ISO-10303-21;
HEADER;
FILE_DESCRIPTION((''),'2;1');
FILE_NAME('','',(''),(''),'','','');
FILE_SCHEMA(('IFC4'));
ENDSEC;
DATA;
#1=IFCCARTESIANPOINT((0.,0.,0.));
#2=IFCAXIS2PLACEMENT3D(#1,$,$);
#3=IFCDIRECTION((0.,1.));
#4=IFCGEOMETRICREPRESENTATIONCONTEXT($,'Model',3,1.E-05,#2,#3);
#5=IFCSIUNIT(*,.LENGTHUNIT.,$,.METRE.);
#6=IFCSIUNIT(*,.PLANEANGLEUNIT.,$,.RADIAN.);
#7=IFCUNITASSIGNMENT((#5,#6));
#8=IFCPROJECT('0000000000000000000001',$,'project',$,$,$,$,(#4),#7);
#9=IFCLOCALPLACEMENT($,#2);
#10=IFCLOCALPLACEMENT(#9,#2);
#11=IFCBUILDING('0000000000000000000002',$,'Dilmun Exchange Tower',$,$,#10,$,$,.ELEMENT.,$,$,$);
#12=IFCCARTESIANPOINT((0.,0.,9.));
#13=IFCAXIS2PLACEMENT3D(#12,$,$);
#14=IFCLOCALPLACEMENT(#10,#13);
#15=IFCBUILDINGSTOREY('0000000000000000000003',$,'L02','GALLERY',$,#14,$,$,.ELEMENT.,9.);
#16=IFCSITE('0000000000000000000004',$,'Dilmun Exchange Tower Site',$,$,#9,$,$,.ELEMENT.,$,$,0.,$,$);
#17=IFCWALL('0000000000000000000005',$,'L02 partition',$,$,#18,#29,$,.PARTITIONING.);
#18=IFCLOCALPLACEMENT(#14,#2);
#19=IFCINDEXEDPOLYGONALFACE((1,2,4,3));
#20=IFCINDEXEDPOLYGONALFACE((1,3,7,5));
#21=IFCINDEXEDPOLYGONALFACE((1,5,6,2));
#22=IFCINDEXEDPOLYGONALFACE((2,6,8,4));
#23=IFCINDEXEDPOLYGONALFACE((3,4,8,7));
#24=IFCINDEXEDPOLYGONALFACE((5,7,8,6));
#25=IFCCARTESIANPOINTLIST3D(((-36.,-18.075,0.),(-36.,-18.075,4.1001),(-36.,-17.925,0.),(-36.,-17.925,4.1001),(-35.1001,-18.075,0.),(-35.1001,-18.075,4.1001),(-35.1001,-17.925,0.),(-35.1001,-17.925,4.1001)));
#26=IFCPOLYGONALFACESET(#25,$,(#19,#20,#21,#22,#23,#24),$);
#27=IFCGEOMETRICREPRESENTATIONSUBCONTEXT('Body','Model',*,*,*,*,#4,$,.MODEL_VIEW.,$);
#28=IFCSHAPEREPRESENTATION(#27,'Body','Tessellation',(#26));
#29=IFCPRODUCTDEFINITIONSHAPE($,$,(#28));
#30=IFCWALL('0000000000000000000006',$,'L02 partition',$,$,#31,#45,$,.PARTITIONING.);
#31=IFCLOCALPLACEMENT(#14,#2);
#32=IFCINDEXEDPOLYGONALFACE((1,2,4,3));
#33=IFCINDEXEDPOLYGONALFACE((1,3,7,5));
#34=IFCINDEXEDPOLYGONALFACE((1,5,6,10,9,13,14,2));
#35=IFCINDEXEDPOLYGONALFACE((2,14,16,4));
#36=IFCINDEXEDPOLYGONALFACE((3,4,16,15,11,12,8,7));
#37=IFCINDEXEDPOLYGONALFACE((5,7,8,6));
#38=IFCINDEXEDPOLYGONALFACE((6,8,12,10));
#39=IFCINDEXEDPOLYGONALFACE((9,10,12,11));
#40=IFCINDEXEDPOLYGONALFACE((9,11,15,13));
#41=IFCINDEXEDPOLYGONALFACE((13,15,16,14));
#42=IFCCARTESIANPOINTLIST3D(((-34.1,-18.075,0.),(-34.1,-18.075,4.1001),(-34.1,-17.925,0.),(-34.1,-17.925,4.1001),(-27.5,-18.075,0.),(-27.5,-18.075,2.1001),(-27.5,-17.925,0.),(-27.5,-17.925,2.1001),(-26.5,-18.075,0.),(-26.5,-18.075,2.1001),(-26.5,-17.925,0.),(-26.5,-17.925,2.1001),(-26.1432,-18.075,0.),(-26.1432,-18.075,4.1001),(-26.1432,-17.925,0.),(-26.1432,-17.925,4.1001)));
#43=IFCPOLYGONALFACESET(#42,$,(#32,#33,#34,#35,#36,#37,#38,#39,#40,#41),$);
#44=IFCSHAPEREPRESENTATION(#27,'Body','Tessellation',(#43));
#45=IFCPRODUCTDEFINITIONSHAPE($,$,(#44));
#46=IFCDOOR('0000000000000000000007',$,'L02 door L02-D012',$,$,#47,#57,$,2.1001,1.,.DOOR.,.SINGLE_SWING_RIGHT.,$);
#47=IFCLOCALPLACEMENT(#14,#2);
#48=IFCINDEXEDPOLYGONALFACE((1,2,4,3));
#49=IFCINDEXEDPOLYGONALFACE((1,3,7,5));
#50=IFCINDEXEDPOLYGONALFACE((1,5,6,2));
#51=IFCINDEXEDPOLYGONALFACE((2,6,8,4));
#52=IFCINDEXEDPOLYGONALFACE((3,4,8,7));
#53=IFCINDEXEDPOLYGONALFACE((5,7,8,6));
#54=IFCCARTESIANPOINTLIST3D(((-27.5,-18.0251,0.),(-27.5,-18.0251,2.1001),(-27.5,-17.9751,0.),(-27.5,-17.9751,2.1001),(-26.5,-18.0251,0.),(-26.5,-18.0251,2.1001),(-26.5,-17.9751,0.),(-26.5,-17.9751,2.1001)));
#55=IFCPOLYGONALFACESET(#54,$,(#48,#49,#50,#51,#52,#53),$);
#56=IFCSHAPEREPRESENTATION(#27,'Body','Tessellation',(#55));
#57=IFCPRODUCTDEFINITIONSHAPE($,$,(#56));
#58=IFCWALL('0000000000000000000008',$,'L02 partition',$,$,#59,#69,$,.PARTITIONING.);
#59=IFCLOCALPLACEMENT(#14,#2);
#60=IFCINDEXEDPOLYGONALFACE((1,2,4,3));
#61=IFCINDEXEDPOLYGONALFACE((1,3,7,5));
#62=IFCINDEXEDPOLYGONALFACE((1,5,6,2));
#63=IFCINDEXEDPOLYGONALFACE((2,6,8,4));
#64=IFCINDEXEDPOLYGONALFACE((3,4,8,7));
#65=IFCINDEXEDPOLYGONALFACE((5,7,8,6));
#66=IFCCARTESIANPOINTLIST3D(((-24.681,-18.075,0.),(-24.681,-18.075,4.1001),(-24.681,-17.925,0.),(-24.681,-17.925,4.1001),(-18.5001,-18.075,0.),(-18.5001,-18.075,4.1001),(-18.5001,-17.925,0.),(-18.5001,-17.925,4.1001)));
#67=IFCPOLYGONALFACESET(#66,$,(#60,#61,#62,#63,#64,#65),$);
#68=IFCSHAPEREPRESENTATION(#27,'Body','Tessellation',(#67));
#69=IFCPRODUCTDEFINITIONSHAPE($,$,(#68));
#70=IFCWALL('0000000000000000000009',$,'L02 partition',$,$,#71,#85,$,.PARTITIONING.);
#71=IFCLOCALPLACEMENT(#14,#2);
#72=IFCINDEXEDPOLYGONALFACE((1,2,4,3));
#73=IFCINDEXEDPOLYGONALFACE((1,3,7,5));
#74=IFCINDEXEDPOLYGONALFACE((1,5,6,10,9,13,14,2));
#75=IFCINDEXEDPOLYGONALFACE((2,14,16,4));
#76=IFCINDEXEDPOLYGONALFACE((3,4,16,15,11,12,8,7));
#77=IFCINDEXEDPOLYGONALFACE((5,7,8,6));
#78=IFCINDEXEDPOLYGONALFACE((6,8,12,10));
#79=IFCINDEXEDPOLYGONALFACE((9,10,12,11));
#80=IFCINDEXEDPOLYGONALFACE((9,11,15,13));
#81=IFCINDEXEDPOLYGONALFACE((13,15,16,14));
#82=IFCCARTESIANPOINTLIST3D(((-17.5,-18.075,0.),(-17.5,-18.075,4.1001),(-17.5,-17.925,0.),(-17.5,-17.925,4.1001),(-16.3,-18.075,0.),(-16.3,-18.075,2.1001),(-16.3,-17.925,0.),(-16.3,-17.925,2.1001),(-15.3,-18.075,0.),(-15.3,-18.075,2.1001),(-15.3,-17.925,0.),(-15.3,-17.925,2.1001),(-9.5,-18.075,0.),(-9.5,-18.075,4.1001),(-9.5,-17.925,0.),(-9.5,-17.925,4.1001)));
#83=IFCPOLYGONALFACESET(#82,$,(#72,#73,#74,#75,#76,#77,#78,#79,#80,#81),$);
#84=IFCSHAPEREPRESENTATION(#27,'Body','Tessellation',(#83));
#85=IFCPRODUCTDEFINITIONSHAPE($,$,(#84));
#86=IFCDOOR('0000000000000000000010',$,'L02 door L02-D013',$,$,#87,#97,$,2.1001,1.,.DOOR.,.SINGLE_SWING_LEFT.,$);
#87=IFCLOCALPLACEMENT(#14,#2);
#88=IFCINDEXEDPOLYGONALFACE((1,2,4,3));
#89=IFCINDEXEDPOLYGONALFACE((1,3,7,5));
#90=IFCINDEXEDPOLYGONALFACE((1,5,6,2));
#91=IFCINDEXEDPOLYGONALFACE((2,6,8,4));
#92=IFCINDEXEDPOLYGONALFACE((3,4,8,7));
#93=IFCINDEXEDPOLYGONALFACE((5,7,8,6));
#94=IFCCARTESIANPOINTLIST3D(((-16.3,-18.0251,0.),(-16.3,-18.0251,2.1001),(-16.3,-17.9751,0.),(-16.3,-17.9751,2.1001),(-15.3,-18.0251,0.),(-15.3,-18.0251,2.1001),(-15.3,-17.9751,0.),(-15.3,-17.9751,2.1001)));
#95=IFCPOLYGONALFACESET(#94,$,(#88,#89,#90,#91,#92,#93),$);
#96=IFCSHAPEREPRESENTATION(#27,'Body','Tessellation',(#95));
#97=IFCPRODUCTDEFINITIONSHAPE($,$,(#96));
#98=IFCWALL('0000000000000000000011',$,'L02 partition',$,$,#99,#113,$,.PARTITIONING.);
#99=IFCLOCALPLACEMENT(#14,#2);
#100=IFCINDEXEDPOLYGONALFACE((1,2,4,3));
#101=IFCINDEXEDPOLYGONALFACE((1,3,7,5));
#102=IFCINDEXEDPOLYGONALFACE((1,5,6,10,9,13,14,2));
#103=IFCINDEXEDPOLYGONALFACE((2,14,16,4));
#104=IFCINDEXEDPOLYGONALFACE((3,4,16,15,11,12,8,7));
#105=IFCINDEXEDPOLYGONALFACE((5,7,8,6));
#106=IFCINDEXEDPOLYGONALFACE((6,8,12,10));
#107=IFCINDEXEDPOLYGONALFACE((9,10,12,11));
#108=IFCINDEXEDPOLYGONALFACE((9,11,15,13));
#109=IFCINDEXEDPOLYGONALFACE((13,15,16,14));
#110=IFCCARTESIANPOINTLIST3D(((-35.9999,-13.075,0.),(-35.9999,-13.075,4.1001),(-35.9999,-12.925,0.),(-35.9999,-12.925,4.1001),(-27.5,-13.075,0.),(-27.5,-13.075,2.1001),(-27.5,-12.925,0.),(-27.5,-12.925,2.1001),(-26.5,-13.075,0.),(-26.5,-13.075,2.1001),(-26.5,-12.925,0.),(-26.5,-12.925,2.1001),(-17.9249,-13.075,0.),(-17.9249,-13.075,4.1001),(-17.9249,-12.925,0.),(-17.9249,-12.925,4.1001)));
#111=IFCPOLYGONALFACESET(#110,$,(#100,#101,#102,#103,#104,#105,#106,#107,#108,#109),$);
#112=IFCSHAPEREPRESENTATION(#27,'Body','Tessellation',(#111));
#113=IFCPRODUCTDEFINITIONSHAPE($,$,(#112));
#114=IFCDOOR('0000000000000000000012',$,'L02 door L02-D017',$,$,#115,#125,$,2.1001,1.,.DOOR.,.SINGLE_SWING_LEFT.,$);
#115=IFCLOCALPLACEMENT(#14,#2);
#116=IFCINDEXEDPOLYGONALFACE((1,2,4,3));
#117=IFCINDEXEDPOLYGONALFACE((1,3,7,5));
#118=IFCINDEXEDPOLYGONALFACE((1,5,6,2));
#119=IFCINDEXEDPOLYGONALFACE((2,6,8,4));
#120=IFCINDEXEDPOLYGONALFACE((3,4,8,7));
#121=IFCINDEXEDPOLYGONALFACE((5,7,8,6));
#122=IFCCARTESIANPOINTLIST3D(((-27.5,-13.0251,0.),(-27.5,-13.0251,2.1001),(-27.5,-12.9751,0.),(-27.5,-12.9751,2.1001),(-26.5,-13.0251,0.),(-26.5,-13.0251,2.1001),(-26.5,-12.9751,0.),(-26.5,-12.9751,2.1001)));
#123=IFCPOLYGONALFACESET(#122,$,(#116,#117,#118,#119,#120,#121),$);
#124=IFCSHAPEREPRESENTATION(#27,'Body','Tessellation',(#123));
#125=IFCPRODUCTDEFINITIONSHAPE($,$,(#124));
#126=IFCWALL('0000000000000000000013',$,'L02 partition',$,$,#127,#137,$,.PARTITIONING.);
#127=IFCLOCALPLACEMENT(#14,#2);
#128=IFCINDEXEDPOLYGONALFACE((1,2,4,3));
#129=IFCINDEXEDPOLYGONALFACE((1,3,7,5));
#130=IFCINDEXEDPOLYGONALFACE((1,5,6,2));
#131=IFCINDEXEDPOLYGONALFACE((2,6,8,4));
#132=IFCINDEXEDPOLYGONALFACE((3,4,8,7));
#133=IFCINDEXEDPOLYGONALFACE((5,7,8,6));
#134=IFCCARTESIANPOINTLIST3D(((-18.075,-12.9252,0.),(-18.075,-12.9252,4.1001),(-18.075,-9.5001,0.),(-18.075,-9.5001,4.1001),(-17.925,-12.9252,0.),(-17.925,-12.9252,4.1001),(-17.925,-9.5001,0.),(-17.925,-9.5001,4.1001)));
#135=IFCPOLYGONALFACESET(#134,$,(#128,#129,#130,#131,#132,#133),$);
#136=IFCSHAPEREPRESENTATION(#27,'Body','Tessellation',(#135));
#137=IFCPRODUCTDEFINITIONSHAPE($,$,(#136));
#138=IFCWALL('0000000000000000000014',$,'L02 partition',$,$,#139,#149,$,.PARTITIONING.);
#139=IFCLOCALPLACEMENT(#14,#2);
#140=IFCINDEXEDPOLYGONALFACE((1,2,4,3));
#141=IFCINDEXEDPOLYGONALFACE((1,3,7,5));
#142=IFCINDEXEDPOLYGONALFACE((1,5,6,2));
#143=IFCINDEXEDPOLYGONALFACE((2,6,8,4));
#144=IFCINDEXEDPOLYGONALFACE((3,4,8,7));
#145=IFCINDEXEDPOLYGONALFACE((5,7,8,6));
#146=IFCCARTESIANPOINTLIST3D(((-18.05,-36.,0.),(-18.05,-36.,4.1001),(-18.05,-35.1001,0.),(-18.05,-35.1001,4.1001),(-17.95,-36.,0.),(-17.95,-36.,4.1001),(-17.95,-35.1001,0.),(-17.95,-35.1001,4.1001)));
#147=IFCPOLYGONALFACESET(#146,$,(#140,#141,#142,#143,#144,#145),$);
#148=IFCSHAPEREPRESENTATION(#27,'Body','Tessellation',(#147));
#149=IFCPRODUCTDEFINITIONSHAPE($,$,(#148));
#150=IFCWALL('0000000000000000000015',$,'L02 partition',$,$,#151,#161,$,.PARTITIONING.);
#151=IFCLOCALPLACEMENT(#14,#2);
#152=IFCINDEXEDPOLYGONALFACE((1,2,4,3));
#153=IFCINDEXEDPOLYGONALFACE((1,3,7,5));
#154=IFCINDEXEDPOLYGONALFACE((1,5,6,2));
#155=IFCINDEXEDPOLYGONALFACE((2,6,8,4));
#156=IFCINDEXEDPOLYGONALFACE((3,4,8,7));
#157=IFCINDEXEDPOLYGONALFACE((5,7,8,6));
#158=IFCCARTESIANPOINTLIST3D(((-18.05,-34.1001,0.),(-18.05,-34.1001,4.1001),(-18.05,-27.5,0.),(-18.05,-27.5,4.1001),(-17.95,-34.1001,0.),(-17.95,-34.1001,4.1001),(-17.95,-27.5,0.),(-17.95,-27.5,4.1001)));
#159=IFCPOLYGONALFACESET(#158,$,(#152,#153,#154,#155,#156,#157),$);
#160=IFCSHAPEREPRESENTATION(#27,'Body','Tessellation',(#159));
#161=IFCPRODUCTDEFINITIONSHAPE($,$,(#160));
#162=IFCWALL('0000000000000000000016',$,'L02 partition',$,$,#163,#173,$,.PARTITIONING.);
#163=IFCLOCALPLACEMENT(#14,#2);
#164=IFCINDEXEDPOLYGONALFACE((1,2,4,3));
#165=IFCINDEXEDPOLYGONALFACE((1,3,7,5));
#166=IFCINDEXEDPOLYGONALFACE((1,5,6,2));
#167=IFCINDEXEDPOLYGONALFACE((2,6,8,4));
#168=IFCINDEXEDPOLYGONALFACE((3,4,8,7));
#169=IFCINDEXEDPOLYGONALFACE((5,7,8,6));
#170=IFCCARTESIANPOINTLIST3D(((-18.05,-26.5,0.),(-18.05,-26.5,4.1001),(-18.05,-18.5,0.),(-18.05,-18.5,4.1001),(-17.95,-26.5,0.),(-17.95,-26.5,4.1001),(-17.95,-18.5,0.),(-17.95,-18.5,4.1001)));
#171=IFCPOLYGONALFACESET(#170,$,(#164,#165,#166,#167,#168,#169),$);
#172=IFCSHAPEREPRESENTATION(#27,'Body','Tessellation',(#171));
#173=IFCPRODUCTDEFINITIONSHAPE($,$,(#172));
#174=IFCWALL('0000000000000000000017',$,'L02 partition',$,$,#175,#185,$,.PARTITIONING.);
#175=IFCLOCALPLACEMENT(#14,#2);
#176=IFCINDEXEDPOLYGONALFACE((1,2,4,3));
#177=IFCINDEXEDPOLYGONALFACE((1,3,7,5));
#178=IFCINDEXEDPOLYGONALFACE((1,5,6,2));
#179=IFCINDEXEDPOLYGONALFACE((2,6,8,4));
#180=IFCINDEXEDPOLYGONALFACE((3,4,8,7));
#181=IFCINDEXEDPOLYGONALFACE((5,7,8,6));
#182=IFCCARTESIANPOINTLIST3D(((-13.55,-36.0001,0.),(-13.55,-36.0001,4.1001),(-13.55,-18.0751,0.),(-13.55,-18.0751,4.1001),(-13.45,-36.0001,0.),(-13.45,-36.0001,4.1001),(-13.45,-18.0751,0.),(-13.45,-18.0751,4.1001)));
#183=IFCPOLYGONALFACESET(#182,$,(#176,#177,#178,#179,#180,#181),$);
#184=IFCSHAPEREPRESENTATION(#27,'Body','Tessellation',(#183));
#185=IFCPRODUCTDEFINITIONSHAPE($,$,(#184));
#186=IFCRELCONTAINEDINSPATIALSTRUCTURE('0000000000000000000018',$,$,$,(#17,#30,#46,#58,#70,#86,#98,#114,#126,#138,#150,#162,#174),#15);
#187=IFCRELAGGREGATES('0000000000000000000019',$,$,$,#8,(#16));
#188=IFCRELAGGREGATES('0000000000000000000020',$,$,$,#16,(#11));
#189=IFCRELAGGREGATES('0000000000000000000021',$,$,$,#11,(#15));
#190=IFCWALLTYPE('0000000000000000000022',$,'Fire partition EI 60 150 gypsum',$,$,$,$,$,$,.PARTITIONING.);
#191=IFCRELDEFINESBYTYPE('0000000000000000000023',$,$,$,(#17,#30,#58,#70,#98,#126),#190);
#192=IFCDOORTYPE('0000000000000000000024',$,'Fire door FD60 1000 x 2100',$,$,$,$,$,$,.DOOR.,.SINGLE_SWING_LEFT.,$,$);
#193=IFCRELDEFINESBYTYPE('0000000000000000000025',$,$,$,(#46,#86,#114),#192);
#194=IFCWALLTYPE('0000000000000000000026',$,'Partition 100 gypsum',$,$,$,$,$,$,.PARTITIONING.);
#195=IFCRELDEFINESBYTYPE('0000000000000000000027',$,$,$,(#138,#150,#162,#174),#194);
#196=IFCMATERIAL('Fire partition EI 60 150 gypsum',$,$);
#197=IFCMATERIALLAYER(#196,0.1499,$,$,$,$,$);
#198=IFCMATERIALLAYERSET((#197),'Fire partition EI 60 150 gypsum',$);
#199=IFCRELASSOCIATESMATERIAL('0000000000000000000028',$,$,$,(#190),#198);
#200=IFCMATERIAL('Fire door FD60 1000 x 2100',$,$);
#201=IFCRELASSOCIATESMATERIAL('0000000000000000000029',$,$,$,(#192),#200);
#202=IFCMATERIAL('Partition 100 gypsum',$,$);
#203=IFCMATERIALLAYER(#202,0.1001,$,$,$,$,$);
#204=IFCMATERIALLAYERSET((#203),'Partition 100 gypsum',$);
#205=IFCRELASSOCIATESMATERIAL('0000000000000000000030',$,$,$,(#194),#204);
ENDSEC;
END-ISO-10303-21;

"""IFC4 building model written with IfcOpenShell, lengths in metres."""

from ifc_helpers import new_model, si_unit, direction, frame, frame_2d, origin, place, context, subcontext, project, spatial, rectangle, extrude, material, layer, layer_set, type_object, element, fill, save


model = new_model("IFC4")

# Units and contexts
model_context = context("Model", 3, precision=1e-05, world=origin(), true_north=direction((0.0, 1.0)))
body_context = subcontext(model_context, "Body", "Model", "MODEL_VIEW")
ifc_project = project(units=[si_unit("LENGTHUNIT", "METRE"), si_unit("PLANEANGLEUNIT", "RADIAN")], contexts=[model_context])

# Site, building, storey
site_placement = place(None, origin())
site = spatial("IfcSite", under=ifc_project, at=site_placement, Name="Dilmun Exchange Tower Site", CompositionType="ELEMENT", RefElevation=0.0)
building_placement = place(site_placement, origin())
building = spatial("IfcBuilding", under=site, at=building_placement, Name="Dilmun Exchange Tower", CompositionType="ELEMENT")
storey_placement = place(building_placement, frame((0.0, 0.0, 9.0)))
storey = spatial("IfcBuildingStorey", under=building, at=storey_placement, Name="L02", Description="GALLERY", CompositionType="ELEMENT", Elevation=9.0)

# Wall
ifc_material_1 = material(Name="Fire partition EI 60 150 gypsum")
ifc_layer_1 = layer(ifc_material_1, 0.1499)
ifc_layer_set_1 = layer_set([ifc_layer_1], Name="Fire partition EI 60 150 gypsum")
wall_type_1 = type_object("IfcWallType", Name="Fire partition EI 60 150 gypsum", PredefinedType="PARTITIONING", material=ifc_layer_set_1)
wall_1_placement = place(storey_placement, frame((-36.0, -18.0, 0.0), z_axis=(0.0, 0.0, 1.0), x_axis=(1.0, 0.0, 0.0)))
element("IfcWall", 1, at=wall_1_placement, inside=storey, type_object=wall_type_1, Name="L02 partition", PredefinedType="PARTITIONING", context=body_context, shape_type="SweptSolid", body=[
    extrude(rectangle(XDim=0.8999, YDim=0.1499, at=frame_2d((0.45, 0.0))), origin(), (0.0, 0.0, 1.0), 4.1001),
])

# Wall, opening, door
wall_2_placement = place(storey_placement, frame((-34.1001, -18.0, 0.0), z_axis=(0.0, 0.0, 1.0), x_axis=(1.0, 0.0, 0.0)))
wall_2 = element("IfcWall", 2, at=wall_2_placement, inside=storey, type_object=wall_type_1, Name="L02 partition", PredefinedType="PARTITIONING", context=body_context, shape_type="SweptSolid", body=[
    extrude(rectangle(XDim=7.9568, YDim=0.1499, at=frame_2d((3.9785, 0.0))), origin(), (0.0, 0.0, 1.0), 4.1001),
])
opening_1_placement = place(wall_2_placement, frame((6.6001, 0.0, 0.0)))
opening_1 = element("IfcOpeningElement", 3, at=opening_1_placement, cuts=wall_2, PredefinedType="OPENING", context=body_context, shape_type="SweptSolid", body=[
    extrude(rectangle(XDim=1.0, YDim=2.1001, at=frame_2d((0.5, 1.05))), frame((0.0, 0.085, 0.0), z_axis=(0.0, -1.0, 0.0), x_axis=(1.0, 0.0, 0.0)), (0.0, 0.0, 1.0), 0.1699),
])
ifc_material_2 = material(Name="Fire door FD60 1000 x 2100")
door_type = type_object("IfcDoorType", Name="Fire door FD60 1000 x 2100", OperationType="SINGLE_SWING_LEFT", PredefinedType="DOOR", material=ifc_material_2)
door_1_placement = place(opening_1_placement, origin())
door_1 = element("IfcDoor", 4, at=door_1_placement, inside=storey, type_object=door_type, Name="L02 door L02-D012", OperationType="SINGLE_SWING_RIGHT", OverallHeight=2.1001, OverallWidth=1.0, PredefinedType="DOOR", context=body_context, shape_type="SweptSolid", body=[
    extrude(rectangle(XDim=1.0, YDim=2.1001, at=frame_2d((0.5, 1.05))), frame((0.0, 0.0249, 0.0), z_axis=(0.0, -1.0, 0.0), x_axis=(1.0, 0.0, 0.0)), (0.0, 0.0, 1.0), 0.05),
])
fill(opening_1, door_1)

# Wall
wall_3_placement = place(storey_placement, frame((-24.6809, -18.0, 0.0), z_axis=(0.0, 0.0, 1.0), x_axis=(1.0, 0.0, 0.0)))
element("IfcWall", 5, at=wall_3_placement, inside=storey, type_object=wall_type_1, Name="L02 partition", PredefinedType="PARTITIONING", context=body_context, shape_type="SweptSolid", body=[
    extrude(rectangle(XDim=6.1809, YDim=0.1499, at=frame_2d((3.0903, 0.0))), origin(), (0.0, 0.0, 1.0), 4.1001),
])

# Walls, openings, doors
wall_4_placement = place(storey_placement, frame((-17.5, -18.0, 0.0), z_axis=(0.0, 0.0, 1.0), x_axis=(1.0, 0.0, 0.0)))
wall_4 = element("IfcWall", 6, at=wall_4_placement, inside=storey, type_object=wall_type_1, Name="L02 partition", PredefinedType="PARTITIONING", context=body_context, shape_type="SweptSolid", body=[
    extrude(rectangle(XDim=8.0, YDim=0.1499, at=frame_2d((4.0, 0.0))), origin(), (0.0, 0.0, 1.0), 4.1001),
])
opening_2_placement = place(wall_4_placement, frame((1.2, 0.0, 0.0)))
opening_2 = element("IfcOpeningElement", 7, at=opening_2_placement, cuts=wall_4, PredefinedType="OPENING", context=body_context, shape_type="SweptSolid", body=[
    extrude(rectangle(XDim=1.0, YDim=2.1001, at=frame_2d((0.5, 1.05))), frame((0.0, 0.085, 0.0), z_axis=(0.0, -1.0, 0.0), x_axis=(1.0, 0.0, 0.0)), (0.0, 0.0, 1.0), 0.1699),
])
door_2_placement = place(opening_2_placement, origin())
door_2 = element("IfcDoor", 8, at=door_2_placement, inside=storey, type_object=door_type, Name="L02 door L02-D013", OperationType="SINGLE_SWING_LEFT", OverallHeight=2.1001, OverallWidth=1.0, PredefinedType="DOOR", context=body_context, shape_type="SweptSolid", body=[
    extrude(rectangle(XDim=1.0, YDim=2.1001, at=frame_2d((0.5, 1.05))), frame((0.0, 0.0249, 0.0), z_axis=(0.0, -1.0, 0.0), x_axis=(1.0, 0.0, 0.0)), (0.0, 0.0, 1.0), 0.05),
])
fill(opening_2, door_2)
wall_5_placement = place(storey_placement, frame((-36.0, -13.0, 0.0), z_axis=(0.0, 0.0, 1.0), x_axis=(1.0, 0.0, 0.0)))
wall_5 = element("IfcWall", 9, at=wall_5_placement, inside=storey, type_object=wall_type_1, Name="L02 partition", PredefinedType="PARTITIONING", context=body_context, shape_type="SweptSolid", body=[
    extrude(rectangle(XDim=18.075, YDim=0.1499, at=frame_2d((9.0376, 0.0))), origin(), (0.0, 0.0, 1.0), 4.1001),
])
opening_3_placement = place(wall_5_placement, frame((8.5, 0.0, 0.0)))
opening_3 = element("IfcOpeningElement", 10, at=opening_3_placement, cuts=wall_5, PredefinedType="OPENING", context=body_context, shape_type="SweptSolid", body=[
    extrude(rectangle(XDim=1.0, YDim=2.1001, at=frame_2d((0.5, 1.05))), frame((0.0, 0.085, 0.0), z_axis=(0.0, -1.0, 0.0), x_axis=(1.0, 0.0, 0.0)), (0.0, 0.0, 1.0), 0.1699),
])
door_3_placement = place(opening_3_placement, origin())
door_3 = element("IfcDoor", 11, at=door_3_placement, inside=storey, type_object=door_type, Name="L02 door L02-D017", OperationType="SINGLE_SWING_LEFT", OverallHeight=2.1001, OverallWidth=1.0, PredefinedType="DOOR", context=body_context, shape_type="SweptSolid", body=[
    extrude(rectangle(XDim=1.0, YDim=2.1001, at=frame_2d((0.5, 1.05))), frame((0.0, 0.0249, 0.0), z_axis=(0.0, -1.0, 0.0), x_axis=(1.0, 0.0, 0.0)), (0.0, 0.0, 1.0), 0.05),
])
fill(opening_3, door_3)

# Walls
wall_6_placement = place(storey_placement, frame((-18.0, -12.925, 0.0), z_axis=(0.0, 0.0, 1.0), x_axis=(0.0, 1.0, 0.0)))
element("IfcWall", 12, at=wall_6_placement, inside=storey, type_object=wall_type_1, Name="L02 partition", PredefinedType="PARTITIONING", context=body_context, shape_type="SweptSolid", body=[
    extrude(rectangle(XDim=3.425, YDim=0.1499, at=frame_2d((1.7124, 0.0))), origin(), (0.0, 0.0, 1.0), 4.1001),
])
ifc_material_3 = material(Name="Partition 100 gypsum")
ifc_layer_2 = layer(ifc_material_3, 0.1001)
ifc_layer_set_2 = layer_set([ifc_layer_2], Name="Partition 100 gypsum")
wall_type_2 = type_object("IfcWallType", Name="Partition 100 gypsum", PredefinedType="PARTITIONING", material=ifc_layer_set_2)
wall_7_placement = place(storey_placement, frame((-18.0, -36.0, 0.0), z_axis=(0.0, 0.0, 1.0), x_axis=(0.0, 1.0, 0.0)))
element("IfcWall", 13, at=wall_7_placement, inside=storey, type_object=wall_type_2, Name="L02 partition", PredefinedType="PARTITIONING", context=body_context, shape_type="SweptSolid", body=[
    extrude(rectangle(XDim=0.8999, YDim=0.1001, at=frame_2d((0.45, 0.0))), origin(), (0.0, 0.0, 1.0), 4.1001),
])
wall_8_placement = place(storey_placement, frame((-18.0, -34.1001, 0.0), z_axis=(0.0, 0.0, 1.0), x_axis=(0.0, 1.0, 0.0)))
element("IfcWall", 14, at=wall_8_placement, inside=storey, type_object=wall_type_2, Name="L02 partition", PredefinedType="PARTITIONING", context=body_context, shape_type="SweptSolid", body=[
    extrude(rectangle(XDim=6.6001, YDim=0.1001, at=frame_2d((3.3, 0.0))), origin(), (0.0, 0.0, 1.0), 4.1001),
])
wall_9_placement = place(storey_placement, frame((-18.0, -26.5, 0.0), z_axis=(0.0, 0.0, 1.0), x_axis=(0.0, 1.0, 0.0)))
element("IfcWall", 15, at=wall_9_placement, inside=storey, type_object=wall_type_2, Name="L02 partition", PredefinedType="PARTITIONING", context=body_context, shape_type="SweptSolid", body=[
    extrude(rectangle(XDim=8.0, YDim=0.1001, at=frame_2d((4.0, 0.0))), origin(), (0.0, 0.0, 1.0), 4.1001),
])
wall_10_placement = place(storey_placement, frame((-13.5, -36.0, 0.0), z_axis=(0.0, 0.0, 1.0), x_axis=(0.0, 1.0, 0.0)))
element("IfcWall", 16, at=wall_10_placement, inside=storey, type_object=wall_type_2, Name="L02 partition", PredefinedType="PARTITIONING", context=body_context, shape_type="SweptSolid", body=[
    extrude(rectangle(XDim=17.925, YDim=0.1001, at=frame_2d((8.9624, 0.0))), origin(), (0.0, 0.0, 1.0), 4.1001),
])

save(model, "model.ifc")
